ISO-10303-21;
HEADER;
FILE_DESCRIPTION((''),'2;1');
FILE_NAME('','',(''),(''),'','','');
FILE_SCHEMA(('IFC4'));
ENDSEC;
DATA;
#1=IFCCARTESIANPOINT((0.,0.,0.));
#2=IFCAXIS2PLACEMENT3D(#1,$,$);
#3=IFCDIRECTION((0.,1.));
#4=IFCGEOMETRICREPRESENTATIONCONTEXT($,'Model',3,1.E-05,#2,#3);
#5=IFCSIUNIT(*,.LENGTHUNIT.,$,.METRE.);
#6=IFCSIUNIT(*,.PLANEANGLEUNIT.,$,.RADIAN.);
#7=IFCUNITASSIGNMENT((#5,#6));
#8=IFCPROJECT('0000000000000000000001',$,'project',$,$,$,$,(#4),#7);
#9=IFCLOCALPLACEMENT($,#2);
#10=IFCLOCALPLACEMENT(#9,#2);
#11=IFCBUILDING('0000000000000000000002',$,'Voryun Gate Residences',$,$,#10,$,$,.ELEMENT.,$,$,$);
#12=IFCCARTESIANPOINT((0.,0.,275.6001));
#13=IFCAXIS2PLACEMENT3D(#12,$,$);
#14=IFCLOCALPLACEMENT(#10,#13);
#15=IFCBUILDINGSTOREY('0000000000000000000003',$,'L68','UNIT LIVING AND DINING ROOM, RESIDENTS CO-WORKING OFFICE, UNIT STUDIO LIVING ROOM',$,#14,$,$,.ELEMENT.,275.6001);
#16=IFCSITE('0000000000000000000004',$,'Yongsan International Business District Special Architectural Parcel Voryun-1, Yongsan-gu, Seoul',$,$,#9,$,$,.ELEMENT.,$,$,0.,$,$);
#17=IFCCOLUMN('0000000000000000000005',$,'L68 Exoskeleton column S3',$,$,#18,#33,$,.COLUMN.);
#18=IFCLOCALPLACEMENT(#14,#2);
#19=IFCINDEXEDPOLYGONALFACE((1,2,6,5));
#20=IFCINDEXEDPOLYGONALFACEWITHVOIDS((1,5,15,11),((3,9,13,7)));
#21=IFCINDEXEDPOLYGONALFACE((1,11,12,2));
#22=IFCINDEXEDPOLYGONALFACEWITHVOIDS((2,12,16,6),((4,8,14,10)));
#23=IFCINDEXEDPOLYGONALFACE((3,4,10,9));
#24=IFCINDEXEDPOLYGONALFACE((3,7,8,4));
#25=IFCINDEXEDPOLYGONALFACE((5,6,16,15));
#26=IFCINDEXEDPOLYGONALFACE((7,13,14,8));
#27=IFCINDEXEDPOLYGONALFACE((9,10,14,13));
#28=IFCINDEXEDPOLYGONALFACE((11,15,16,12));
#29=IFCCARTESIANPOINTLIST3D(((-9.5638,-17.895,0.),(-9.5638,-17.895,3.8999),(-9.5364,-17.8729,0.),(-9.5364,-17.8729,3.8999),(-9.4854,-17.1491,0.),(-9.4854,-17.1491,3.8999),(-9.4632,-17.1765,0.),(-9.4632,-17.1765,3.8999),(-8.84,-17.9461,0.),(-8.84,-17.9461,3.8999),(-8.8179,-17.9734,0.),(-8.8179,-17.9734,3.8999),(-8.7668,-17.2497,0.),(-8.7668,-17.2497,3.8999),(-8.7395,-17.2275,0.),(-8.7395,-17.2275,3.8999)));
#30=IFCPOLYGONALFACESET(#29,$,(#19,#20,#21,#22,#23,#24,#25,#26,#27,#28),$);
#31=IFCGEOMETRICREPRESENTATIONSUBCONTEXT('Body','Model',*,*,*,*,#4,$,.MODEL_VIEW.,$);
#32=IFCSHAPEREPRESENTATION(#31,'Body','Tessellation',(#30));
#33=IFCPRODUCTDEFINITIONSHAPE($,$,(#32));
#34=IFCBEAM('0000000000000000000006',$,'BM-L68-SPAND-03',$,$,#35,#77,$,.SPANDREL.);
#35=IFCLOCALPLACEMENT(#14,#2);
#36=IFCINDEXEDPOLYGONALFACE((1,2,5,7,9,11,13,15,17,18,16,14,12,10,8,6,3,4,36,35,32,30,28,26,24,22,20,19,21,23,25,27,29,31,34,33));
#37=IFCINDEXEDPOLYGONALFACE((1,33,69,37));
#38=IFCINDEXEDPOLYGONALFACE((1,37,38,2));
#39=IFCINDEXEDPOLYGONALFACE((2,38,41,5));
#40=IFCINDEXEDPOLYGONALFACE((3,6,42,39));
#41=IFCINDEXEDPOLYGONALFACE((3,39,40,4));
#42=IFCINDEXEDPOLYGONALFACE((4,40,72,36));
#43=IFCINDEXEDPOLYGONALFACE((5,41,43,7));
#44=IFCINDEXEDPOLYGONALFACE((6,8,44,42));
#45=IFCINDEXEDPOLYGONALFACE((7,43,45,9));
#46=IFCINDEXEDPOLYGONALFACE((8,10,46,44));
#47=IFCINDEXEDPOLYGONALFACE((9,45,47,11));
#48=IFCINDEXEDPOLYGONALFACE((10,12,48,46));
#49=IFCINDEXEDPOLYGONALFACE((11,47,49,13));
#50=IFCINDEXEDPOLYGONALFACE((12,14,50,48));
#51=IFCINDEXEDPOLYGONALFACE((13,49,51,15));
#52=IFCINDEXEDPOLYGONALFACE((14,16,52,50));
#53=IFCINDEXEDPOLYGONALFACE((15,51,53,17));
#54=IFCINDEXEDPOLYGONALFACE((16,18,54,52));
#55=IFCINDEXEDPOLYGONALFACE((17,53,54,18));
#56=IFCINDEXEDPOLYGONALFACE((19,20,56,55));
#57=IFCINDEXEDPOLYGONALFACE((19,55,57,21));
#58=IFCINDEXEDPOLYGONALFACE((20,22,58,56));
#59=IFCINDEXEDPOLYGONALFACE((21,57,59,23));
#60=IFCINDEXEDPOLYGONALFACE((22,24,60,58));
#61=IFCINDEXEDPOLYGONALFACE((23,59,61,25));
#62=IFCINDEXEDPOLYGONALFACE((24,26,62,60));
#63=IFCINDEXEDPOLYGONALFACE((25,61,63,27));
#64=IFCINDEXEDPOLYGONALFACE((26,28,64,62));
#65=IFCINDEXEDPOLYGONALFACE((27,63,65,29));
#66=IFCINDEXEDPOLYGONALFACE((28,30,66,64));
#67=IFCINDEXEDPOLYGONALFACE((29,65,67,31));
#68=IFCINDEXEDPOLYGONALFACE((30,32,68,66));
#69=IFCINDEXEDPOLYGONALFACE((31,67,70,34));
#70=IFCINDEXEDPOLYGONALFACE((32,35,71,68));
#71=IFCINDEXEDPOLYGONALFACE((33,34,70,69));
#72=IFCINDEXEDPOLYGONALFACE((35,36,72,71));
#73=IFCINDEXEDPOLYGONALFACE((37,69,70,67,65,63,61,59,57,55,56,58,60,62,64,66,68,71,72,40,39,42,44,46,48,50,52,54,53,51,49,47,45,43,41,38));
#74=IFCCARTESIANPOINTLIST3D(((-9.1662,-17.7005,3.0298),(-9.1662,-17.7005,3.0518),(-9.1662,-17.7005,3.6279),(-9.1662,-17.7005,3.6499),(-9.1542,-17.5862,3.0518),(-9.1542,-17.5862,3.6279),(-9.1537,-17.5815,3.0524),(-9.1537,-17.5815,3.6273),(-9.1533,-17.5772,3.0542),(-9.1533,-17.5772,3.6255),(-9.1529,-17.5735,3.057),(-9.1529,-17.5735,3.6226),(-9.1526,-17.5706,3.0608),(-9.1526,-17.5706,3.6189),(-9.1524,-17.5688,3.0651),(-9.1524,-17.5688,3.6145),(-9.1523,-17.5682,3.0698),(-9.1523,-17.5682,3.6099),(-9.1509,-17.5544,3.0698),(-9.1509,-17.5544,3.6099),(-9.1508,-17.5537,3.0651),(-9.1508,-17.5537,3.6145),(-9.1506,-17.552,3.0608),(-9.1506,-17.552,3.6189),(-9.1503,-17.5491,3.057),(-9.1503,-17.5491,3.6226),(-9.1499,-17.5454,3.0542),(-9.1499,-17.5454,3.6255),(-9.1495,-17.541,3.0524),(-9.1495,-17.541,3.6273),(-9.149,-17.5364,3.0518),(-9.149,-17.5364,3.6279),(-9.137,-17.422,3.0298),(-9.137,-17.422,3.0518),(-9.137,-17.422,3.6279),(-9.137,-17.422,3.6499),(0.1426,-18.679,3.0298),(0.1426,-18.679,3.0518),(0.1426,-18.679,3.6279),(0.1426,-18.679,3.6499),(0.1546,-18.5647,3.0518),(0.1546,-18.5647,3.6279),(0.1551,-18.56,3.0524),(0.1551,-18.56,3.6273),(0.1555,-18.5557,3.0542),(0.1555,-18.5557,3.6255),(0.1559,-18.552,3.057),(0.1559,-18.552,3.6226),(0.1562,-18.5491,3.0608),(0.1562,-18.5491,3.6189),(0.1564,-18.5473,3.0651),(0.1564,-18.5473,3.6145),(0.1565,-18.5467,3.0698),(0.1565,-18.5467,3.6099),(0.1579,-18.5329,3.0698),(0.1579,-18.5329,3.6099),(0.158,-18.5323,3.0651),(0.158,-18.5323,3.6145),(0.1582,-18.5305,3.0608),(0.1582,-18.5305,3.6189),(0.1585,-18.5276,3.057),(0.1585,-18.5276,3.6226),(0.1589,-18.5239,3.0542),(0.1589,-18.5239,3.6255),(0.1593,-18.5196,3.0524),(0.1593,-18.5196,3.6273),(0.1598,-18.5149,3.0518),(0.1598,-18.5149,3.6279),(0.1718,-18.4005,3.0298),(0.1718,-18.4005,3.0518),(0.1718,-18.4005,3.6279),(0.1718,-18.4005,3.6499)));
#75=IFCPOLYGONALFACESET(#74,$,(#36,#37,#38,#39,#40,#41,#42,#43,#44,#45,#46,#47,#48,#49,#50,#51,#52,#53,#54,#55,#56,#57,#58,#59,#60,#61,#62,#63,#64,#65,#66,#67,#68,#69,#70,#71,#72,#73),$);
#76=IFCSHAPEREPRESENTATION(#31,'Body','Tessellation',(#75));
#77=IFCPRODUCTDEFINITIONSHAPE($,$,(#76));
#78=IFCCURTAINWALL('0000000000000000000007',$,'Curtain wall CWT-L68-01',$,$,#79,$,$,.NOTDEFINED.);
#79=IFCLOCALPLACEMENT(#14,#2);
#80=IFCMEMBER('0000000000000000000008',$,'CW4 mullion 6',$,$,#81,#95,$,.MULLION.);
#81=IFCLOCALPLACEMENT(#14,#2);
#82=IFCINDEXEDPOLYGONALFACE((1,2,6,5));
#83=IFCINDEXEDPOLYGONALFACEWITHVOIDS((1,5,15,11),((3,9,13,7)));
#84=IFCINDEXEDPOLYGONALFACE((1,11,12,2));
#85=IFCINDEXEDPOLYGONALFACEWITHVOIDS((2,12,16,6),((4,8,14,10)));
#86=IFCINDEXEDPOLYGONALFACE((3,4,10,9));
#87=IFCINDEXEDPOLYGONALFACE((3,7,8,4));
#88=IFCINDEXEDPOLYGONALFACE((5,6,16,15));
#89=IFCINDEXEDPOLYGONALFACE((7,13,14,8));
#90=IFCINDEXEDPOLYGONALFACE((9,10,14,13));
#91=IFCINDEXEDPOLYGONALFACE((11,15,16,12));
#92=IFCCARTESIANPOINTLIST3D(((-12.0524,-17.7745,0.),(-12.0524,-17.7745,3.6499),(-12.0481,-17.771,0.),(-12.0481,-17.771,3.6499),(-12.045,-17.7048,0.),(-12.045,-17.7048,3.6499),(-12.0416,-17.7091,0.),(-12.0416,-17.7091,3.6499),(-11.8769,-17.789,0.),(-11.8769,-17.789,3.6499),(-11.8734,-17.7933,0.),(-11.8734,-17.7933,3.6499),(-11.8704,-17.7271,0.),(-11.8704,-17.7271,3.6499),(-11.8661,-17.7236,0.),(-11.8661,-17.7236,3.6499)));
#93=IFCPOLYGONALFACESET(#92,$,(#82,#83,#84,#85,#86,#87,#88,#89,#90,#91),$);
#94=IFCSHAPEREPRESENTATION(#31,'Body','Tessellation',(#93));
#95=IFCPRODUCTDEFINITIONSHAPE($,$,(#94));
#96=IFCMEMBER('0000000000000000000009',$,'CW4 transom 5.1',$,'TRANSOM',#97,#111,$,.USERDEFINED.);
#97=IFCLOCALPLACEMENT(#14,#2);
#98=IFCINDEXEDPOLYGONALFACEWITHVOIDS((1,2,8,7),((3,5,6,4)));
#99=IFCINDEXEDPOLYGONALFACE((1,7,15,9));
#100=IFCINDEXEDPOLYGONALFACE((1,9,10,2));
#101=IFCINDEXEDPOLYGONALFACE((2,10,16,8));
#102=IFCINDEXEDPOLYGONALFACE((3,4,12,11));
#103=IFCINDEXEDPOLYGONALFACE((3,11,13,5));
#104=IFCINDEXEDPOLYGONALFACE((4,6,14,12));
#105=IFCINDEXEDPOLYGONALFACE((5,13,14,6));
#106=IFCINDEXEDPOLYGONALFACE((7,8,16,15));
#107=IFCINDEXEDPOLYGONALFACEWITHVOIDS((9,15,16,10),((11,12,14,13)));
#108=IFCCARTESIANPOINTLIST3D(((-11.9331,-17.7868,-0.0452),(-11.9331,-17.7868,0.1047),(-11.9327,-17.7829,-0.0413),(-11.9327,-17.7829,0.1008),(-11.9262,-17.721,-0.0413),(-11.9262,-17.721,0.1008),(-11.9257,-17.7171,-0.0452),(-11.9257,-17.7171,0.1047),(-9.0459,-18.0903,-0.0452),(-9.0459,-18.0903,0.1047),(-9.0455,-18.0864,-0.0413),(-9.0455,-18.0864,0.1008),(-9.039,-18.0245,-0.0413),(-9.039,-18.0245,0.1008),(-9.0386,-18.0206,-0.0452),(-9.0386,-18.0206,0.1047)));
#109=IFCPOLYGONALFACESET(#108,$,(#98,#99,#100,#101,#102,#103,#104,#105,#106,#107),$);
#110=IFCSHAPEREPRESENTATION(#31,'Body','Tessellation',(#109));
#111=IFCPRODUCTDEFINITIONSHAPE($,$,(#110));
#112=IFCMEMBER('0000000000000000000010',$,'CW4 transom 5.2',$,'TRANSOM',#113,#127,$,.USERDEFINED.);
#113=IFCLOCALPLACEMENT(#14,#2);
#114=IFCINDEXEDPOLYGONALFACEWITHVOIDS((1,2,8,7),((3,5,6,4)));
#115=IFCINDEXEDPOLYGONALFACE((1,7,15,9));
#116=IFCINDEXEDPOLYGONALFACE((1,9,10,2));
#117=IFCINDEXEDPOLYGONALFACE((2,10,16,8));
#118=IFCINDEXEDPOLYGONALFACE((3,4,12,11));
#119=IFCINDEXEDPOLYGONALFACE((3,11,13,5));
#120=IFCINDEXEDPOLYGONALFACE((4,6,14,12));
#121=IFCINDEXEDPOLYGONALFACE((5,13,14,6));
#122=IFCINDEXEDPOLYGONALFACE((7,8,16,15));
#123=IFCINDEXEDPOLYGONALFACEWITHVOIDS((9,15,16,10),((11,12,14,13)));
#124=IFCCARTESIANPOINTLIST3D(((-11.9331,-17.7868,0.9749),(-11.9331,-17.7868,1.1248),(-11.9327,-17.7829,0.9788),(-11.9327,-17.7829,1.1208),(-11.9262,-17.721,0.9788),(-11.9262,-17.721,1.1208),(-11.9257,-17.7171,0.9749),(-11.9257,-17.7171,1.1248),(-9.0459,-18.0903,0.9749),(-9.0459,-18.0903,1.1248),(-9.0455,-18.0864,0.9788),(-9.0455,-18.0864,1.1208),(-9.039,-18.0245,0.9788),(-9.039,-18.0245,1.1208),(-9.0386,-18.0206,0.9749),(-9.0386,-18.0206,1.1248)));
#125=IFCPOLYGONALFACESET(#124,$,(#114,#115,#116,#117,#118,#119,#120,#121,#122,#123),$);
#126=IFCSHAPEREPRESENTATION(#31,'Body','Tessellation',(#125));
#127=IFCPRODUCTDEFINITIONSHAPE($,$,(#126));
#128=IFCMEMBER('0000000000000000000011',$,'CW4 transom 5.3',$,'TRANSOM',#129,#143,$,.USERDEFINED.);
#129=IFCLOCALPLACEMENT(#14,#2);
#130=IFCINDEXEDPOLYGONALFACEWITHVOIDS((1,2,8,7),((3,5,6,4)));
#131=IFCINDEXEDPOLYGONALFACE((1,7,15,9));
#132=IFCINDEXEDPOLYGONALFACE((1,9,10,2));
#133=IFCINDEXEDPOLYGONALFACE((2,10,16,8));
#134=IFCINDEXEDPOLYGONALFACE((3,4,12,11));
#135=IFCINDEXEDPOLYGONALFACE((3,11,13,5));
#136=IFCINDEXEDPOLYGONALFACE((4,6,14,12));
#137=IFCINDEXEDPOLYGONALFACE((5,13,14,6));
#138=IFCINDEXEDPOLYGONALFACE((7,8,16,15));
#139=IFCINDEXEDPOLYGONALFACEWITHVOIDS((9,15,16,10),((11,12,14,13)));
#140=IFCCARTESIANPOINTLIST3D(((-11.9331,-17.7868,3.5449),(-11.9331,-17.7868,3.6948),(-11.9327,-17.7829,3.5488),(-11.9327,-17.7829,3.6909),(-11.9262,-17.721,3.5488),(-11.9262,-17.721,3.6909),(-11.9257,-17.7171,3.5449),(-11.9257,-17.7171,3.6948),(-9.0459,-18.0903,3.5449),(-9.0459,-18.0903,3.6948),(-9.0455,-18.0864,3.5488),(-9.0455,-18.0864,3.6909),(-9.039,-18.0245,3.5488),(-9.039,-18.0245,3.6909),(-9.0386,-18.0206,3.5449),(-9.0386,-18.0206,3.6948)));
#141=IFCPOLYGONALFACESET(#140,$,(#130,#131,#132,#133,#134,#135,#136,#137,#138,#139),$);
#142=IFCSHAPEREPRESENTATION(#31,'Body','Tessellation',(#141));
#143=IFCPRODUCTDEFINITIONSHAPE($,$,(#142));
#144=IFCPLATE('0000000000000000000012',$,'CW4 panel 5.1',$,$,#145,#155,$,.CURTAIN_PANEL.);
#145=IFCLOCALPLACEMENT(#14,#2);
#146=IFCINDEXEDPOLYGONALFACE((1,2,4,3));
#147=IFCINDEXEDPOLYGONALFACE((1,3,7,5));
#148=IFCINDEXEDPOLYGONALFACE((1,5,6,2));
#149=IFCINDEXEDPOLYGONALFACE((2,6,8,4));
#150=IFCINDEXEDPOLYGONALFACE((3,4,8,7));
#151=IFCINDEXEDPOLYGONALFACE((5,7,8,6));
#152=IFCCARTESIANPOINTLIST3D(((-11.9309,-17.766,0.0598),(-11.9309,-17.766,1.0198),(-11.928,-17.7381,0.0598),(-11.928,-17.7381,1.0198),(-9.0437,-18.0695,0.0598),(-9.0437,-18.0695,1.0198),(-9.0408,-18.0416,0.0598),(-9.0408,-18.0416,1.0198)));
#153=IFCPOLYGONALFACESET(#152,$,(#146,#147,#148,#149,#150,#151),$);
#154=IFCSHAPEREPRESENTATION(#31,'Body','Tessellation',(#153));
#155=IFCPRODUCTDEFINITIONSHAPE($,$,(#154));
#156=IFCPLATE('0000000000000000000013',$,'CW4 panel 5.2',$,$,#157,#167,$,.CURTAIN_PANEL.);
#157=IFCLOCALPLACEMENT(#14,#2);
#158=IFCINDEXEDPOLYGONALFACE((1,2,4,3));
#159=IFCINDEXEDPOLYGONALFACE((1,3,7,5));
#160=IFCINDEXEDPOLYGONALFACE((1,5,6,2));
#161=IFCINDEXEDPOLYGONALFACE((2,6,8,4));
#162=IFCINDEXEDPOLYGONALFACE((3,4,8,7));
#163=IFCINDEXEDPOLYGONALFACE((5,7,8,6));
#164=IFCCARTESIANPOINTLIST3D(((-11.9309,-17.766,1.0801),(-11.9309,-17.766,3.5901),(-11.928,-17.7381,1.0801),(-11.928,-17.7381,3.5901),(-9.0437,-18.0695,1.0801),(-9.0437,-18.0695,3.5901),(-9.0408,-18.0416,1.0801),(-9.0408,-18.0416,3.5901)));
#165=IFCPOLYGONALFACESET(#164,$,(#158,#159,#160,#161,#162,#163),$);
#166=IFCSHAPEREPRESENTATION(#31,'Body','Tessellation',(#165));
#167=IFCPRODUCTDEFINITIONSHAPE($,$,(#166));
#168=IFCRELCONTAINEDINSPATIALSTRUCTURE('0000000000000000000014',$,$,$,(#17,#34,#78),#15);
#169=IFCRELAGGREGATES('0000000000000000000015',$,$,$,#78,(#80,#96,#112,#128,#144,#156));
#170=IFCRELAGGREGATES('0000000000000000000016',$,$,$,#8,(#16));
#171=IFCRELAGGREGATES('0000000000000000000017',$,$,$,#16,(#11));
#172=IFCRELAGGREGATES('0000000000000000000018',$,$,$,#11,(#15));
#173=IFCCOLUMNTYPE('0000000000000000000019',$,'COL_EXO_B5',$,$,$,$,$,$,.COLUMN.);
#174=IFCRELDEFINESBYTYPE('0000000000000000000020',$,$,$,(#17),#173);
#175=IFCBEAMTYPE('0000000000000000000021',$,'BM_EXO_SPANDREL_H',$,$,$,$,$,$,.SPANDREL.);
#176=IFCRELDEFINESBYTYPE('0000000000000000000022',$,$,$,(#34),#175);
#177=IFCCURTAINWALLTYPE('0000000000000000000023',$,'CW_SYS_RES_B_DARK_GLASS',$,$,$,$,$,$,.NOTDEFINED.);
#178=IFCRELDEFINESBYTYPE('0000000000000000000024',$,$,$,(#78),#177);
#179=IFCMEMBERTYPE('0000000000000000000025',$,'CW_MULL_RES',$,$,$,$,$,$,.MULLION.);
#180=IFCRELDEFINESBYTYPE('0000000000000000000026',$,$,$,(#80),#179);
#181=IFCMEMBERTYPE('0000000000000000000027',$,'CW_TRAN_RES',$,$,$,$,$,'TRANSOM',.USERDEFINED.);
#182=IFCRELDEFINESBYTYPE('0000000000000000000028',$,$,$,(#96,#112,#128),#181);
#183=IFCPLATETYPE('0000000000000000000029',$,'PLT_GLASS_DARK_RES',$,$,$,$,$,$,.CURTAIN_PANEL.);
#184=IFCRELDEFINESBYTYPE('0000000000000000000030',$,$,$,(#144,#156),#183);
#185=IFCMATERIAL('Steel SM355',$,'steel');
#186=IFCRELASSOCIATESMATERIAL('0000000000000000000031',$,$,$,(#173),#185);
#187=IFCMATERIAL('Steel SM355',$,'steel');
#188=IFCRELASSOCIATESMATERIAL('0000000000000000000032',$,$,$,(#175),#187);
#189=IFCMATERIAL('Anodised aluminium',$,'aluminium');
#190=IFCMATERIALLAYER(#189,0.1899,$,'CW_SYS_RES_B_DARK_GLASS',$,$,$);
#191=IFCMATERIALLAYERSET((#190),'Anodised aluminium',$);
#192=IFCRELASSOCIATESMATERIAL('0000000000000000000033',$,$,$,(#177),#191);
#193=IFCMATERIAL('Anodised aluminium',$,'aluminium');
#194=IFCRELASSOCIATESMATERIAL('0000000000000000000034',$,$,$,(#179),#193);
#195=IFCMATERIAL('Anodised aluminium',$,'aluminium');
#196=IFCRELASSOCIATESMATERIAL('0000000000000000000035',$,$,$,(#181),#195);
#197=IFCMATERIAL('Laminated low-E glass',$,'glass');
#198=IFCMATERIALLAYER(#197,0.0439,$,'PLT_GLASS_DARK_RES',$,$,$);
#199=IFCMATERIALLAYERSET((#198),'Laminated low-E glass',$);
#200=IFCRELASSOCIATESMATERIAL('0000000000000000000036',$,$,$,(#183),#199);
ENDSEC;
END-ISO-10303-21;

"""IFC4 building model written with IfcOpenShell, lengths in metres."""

from ifc_helpers import new_model, si_unit, direction, frame, origin, origin_2d, place, context, subcontext, project, spatial, rectangle, hollow_rectangle, i_section, extrude, material, layer, layer_set, material_profile, profile_set, type_object, element, aggregate, save


model = new_model("IFC4")

# Units and contexts
model_context = context("Model", 3, precision=1e-05, world=origin(), true_north=direction((0.0, 1.0)))
body_context = subcontext(model_context, "Body", "Model", "MODEL_VIEW")
ifc_project = project(units=[si_unit("LENGTHUNIT", "METRE"), si_unit("PLANEANGLEUNIT", "RADIAN")], contexts=[model_context])

# Site, building, storey
site_placement = place(None, origin())
site = spatial("IfcSite", under=ifc_project, at=site_placement, Name="Yongsan International Business District Special Architectural Parcel Voryun-1, Yongsan-gu, Seoul", CompositionType="ELEMENT", RefElevation=0.0)
building_placement = place(site_placement, origin())
building = spatial("IfcBuilding", under=site, at=building_placement, Name="Voryun Gate Residences", CompositionType="ELEMENT")
storey_placement = place(building_placement, frame((0.0, 0.0, 275.6001)))
storey = spatial("IfcBuildingStorey", under=building, at=storey_placement, Name="L68", Description="UNIT LIVING AND DINING ROOM, RESIDENTS CO-WORKING OFFICE, UNIT STUDIO LIVING ROOM", CompositionType="ELEMENT", Elevation=275.6001)

# Column
ifc_material_1 = material(Name="Steel SM355", Category="steel")
ifc_material_profile_1 = material_profile(ifc_material_1, hollow_rectangle(XDim=0.75, YDim=0.75, WallThickness=0.0249, at=origin_2d()), Name="BOX-750x750x25")
ifc_profile_set_1 = profile_set([ifc_material_profile_1], Name="Steel SM355")
column_type = type_object("IfcColumnType", Name="COL_EXO_B5", PredefinedType="COLUMN", material=ifc_profile_set_1)
column_placement = place(storey_placement, frame((-9.1516, -17.5613, 0.0), z_axis=(0.0, 0.0, 1.0), x_axis=(0.994522, -0.104528, 0.0)))
element("IfcColumn", 1, at=column_placement, inside=storey, type_object=column_type, Name="L68 Exoskeleton column S3", PredefinedType="COLUMN", context=body_context, shape_type="SweptSolid", body=[
    extrude(hollow_rectangle(XDim=0.75, YDim=0.75, WallThickness=0.0249, at=origin_2d()), origin(), (0.0, 0.0, 1.0), 3.8999),
])

# Beam
ifc_material_2 = material(Name="Steel SM355", Category="steel")
ifc_material_profile_2 = material_profile(ifc_material_2, i_section(OverallWidth=0.28, OverallDepth=0.6201, WebThickness=0.0139, FlangeThickness=0.022, FilletRadius=0.0181, at=origin_2d()), Name="H-620x280x14x22")
ifc_profile_set_2 = profile_set([ifc_material_profile_2], Name="Steel SM355")
beam_type = type_object("IfcBeamType", Name="BM_EXO_SPANDREL_H", PredefinedType="SPANDREL", material=ifc_profile_set_2)
beam_placement = place(storey_placement, frame((-9.1516, -17.5613, 3.3398), z_axis=(0.994521, -0.104541, 0.0), x_axis=(0.104541, 0.994521, 0.0)))
element("IfcBeam", 2, at=beam_placement, inside=storey, type_object=beam_type, Name="BM-L68-SPAND-03", PredefinedType="SPANDREL", context=body_context, shape_type="SweptSolid", body=[
    extrude(i_section(OverallWidth=0.28, OverallDepth=0.6201, WebThickness=0.0139, FlangeThickness=0.022, FilletRadius=0.0181, at=origin_2d()), origin(), (0.0, 0.0, 1.0), 9.3601),
])

# Curtain wall, members, plates
ifc_material_3 = material(Name="Anodised aluminium", Category="aluminium")
ifc_layer_1 = layer(ifc_material_3, 0.1899, Name="CW_SYS_RES_B_DARK_GLASS")
ifc_layer_set_1 = layer_set([ifc_layer_1], Name="Anodised aluminium")
curtain_wall_type = type_object("IfcCurtainWallType", Name="CW_SYS_RES_B_DARK_GLASS", PredefinedType="NOTDEFINED", material=ifc_layer_set_1)
curtain_wall_placement = place(storey_placement, origin())
curtain_wall = element("IfcCurtainWall", 3, at=curtain_wall_placement, inside=storey, type_object=curtain_wall_type, Name="Curtain wall CWT-L68-01", PredefinedType="NOTDEFINED")
ifc_material_4 = material(Name="Anodised aluminium", Category="aluminium")
ifc_material_profile_3 = material_profile(ifc_material_4, hollow_rectangle(XDim=0.0701, YDim=0.1799, WallThickness=0.0039, at=origin_2d()), Name="ALU-MULL-180x70x4")
ifc_profile_set_3 = profile_set([ifc_material_profile_3], Name="Anodised aluminium")
member_type_1 = type_object("IfcMemberType", Name="CW_MULL_RES", PredefinedType="MULLION", material=ifc_profile_set_3)
member_1_placement = place(storey_placement, frame((-11.9592, -17.749, 0.0), z_axis=(0.0, 0.0, 1.0), x_axis=(-0.104529, -0.994522, 0.0)))
member_1 = element("IfcMember", 4, at=member_1_placement, type_object=member_type_1, Name="CW4 mullion 6", PredefinedType="MULLION", context=body_context, shape_type="SweptSolid", body=[
    extrude(hollow_rectangle(XDim=0.0701, YDim=0.1799, WallThickness=0.0039, at=origin_2d()), origin(), (0.0, 0.0, 1.0), 3.6499),
])
ifc_material_5 = material(Name="Anodised aluminium", Category="aluminium")
ifc_material_profile_4 = material_profile(ifc_material_5, hollow_rectangle(XDim=0.0701, YDim=0.1499, WallThickness=0.0039, at=origin_2d()), Name="ALU-TRAN-150x70x4")
ifc_profile_set_4 = profile_set([ifc_material_profile_4], Name="Anodised aluminium")
member_type_2 = type_object("IfcMemberType", Name="CW_TRAN_RES", ElementType="TRANSOM", PredefinedType="USERDEFINED", material=ifc_profile_set_4)
member_2_placement = place(storey_placement, frame((-9.0422, -18.0554, 0.0298), z_axis=(-0.994522, 0.104532, 0.0), x_axis=(-0.104532, -0.994522, 0.0)))
member_2 = element("IfcMember", 5, at=member_2_placement, type_object=member_type_2, Name="CW4 transom 5.1", ObjectType="TRANSOM", PredefinedType="USERDEFINED", context=body_context, shape_type="SweptSolid", body=[
    extrude(hollow_rectangle(XDim=0.0701, YDim=0.1499, WallThickness=0.0039, at=origin_2d()), origin(), (0.0, 0.0, 1.0), 2.9031),
])
member_3_placement = place(storey_placement, frame((-9.0422, -18.0554, 1.0498), z_axis=(-0.994522, 0.104532, 0.0), x_axis=(-0.104532, -0.994522, 0.0)))
member_3 = element("IfcMember", 6, at=member_3_placement, type_object=member_type_2, Name="CW4 transom 5.2", ObjectType="TRANSOM", PredefinedType="USERDEFINED", context=body_context, shape_type="SweptSolid", body=[
    extrude(hollow_rectangle(XDim=0.0701, YDim=0.1499, WallThickness=0.0039, at=origin_2d()), origin(), (0.0, 0.0, 1.0), 2.9031),
])
member_4_placement = place(storey_placement, frame((-9.0422, -18.0554, 3.6199), z_axis=(-0.994522, 0.104532, 0.0), x_axis=(-0.104532, -0.994522, 0.0)))
member_4 = element("IfcMember", 7, at=member_4_placement, type_object=member_type_2, Name="CW4 transom 5.3", ObjectType="TRANSOM", PredefinedType="USERDEFINED", context=body_context, shape_type="SweptSolid", body=[
    extrude(hollow_rectangle(XDim=0.0701, YDim=0.1499, WallThickness=0.0039, at=origin_2d()), origin(), (0.0, 0.0, 1.0), 2.9031),
])
ifc_material_6 = material(Name="Laminated low-E glass", Category="glass")
ifc_layer_2 = layer(ifc_material_6, 0.0439, Name="PLT_GLASS_DARK_RES")
ifc_layer_set_2 = layer_set([ifc_layer_2], Name="Laminated low-E glass")
plate_type = type_object("IfcPlateType", Name="PLT_GLASS_DARK_RES", PredefinedType="CURTAIN_PANEL", material=ifc_layer_set_2)
plate_1_placement = place(storey_placement, frame((-10.4858, -17.9038, 0.0598), z_axis=(0.0, 0.0, 1.0), x_axis=(-0.994522, 0.104529, 0.0)))
plate_1 = element("IfcPlate", 8, at=plate_1_placement, type_object=plate_type, Name="CW4 panel 5.1", PredefinedType="CURTAIN_PANEL", context=body_context, shape_type="SweptSolid", body=[
    extrude(rectangle(XDim=2.9031, YDim=0.0281, at=origin_2d()), origin(), (0.0, 0.0, 1.0), 0.96),
])
plate_2_placement = place(storey_placement, frame((-10.4858, -17.9038, 1.0801), z_axis=(0.0, 0.0, 1.0), x_axis=(-0.994522, 0.104529, 0.0)))
plate_2 = element("IfcPlate", 9, at=plate_2_placement, type_object=plate_type, Name="CW4 panel 5.2", PredefinedType="CURTAIN_PANEL", context=body_context, shape_type="SweptSolid", body=[
    extrude(rectangle(XDim=2.9031, YDim=0.0281, at=origin_2d()), origin(), (0.0, 0.0, 1.0), 2.51),
])
aggregate(curtain_wall, [member_1, member_2, member_3, member_4, plate_1, plate_2])

save(model, "model.ifc")
